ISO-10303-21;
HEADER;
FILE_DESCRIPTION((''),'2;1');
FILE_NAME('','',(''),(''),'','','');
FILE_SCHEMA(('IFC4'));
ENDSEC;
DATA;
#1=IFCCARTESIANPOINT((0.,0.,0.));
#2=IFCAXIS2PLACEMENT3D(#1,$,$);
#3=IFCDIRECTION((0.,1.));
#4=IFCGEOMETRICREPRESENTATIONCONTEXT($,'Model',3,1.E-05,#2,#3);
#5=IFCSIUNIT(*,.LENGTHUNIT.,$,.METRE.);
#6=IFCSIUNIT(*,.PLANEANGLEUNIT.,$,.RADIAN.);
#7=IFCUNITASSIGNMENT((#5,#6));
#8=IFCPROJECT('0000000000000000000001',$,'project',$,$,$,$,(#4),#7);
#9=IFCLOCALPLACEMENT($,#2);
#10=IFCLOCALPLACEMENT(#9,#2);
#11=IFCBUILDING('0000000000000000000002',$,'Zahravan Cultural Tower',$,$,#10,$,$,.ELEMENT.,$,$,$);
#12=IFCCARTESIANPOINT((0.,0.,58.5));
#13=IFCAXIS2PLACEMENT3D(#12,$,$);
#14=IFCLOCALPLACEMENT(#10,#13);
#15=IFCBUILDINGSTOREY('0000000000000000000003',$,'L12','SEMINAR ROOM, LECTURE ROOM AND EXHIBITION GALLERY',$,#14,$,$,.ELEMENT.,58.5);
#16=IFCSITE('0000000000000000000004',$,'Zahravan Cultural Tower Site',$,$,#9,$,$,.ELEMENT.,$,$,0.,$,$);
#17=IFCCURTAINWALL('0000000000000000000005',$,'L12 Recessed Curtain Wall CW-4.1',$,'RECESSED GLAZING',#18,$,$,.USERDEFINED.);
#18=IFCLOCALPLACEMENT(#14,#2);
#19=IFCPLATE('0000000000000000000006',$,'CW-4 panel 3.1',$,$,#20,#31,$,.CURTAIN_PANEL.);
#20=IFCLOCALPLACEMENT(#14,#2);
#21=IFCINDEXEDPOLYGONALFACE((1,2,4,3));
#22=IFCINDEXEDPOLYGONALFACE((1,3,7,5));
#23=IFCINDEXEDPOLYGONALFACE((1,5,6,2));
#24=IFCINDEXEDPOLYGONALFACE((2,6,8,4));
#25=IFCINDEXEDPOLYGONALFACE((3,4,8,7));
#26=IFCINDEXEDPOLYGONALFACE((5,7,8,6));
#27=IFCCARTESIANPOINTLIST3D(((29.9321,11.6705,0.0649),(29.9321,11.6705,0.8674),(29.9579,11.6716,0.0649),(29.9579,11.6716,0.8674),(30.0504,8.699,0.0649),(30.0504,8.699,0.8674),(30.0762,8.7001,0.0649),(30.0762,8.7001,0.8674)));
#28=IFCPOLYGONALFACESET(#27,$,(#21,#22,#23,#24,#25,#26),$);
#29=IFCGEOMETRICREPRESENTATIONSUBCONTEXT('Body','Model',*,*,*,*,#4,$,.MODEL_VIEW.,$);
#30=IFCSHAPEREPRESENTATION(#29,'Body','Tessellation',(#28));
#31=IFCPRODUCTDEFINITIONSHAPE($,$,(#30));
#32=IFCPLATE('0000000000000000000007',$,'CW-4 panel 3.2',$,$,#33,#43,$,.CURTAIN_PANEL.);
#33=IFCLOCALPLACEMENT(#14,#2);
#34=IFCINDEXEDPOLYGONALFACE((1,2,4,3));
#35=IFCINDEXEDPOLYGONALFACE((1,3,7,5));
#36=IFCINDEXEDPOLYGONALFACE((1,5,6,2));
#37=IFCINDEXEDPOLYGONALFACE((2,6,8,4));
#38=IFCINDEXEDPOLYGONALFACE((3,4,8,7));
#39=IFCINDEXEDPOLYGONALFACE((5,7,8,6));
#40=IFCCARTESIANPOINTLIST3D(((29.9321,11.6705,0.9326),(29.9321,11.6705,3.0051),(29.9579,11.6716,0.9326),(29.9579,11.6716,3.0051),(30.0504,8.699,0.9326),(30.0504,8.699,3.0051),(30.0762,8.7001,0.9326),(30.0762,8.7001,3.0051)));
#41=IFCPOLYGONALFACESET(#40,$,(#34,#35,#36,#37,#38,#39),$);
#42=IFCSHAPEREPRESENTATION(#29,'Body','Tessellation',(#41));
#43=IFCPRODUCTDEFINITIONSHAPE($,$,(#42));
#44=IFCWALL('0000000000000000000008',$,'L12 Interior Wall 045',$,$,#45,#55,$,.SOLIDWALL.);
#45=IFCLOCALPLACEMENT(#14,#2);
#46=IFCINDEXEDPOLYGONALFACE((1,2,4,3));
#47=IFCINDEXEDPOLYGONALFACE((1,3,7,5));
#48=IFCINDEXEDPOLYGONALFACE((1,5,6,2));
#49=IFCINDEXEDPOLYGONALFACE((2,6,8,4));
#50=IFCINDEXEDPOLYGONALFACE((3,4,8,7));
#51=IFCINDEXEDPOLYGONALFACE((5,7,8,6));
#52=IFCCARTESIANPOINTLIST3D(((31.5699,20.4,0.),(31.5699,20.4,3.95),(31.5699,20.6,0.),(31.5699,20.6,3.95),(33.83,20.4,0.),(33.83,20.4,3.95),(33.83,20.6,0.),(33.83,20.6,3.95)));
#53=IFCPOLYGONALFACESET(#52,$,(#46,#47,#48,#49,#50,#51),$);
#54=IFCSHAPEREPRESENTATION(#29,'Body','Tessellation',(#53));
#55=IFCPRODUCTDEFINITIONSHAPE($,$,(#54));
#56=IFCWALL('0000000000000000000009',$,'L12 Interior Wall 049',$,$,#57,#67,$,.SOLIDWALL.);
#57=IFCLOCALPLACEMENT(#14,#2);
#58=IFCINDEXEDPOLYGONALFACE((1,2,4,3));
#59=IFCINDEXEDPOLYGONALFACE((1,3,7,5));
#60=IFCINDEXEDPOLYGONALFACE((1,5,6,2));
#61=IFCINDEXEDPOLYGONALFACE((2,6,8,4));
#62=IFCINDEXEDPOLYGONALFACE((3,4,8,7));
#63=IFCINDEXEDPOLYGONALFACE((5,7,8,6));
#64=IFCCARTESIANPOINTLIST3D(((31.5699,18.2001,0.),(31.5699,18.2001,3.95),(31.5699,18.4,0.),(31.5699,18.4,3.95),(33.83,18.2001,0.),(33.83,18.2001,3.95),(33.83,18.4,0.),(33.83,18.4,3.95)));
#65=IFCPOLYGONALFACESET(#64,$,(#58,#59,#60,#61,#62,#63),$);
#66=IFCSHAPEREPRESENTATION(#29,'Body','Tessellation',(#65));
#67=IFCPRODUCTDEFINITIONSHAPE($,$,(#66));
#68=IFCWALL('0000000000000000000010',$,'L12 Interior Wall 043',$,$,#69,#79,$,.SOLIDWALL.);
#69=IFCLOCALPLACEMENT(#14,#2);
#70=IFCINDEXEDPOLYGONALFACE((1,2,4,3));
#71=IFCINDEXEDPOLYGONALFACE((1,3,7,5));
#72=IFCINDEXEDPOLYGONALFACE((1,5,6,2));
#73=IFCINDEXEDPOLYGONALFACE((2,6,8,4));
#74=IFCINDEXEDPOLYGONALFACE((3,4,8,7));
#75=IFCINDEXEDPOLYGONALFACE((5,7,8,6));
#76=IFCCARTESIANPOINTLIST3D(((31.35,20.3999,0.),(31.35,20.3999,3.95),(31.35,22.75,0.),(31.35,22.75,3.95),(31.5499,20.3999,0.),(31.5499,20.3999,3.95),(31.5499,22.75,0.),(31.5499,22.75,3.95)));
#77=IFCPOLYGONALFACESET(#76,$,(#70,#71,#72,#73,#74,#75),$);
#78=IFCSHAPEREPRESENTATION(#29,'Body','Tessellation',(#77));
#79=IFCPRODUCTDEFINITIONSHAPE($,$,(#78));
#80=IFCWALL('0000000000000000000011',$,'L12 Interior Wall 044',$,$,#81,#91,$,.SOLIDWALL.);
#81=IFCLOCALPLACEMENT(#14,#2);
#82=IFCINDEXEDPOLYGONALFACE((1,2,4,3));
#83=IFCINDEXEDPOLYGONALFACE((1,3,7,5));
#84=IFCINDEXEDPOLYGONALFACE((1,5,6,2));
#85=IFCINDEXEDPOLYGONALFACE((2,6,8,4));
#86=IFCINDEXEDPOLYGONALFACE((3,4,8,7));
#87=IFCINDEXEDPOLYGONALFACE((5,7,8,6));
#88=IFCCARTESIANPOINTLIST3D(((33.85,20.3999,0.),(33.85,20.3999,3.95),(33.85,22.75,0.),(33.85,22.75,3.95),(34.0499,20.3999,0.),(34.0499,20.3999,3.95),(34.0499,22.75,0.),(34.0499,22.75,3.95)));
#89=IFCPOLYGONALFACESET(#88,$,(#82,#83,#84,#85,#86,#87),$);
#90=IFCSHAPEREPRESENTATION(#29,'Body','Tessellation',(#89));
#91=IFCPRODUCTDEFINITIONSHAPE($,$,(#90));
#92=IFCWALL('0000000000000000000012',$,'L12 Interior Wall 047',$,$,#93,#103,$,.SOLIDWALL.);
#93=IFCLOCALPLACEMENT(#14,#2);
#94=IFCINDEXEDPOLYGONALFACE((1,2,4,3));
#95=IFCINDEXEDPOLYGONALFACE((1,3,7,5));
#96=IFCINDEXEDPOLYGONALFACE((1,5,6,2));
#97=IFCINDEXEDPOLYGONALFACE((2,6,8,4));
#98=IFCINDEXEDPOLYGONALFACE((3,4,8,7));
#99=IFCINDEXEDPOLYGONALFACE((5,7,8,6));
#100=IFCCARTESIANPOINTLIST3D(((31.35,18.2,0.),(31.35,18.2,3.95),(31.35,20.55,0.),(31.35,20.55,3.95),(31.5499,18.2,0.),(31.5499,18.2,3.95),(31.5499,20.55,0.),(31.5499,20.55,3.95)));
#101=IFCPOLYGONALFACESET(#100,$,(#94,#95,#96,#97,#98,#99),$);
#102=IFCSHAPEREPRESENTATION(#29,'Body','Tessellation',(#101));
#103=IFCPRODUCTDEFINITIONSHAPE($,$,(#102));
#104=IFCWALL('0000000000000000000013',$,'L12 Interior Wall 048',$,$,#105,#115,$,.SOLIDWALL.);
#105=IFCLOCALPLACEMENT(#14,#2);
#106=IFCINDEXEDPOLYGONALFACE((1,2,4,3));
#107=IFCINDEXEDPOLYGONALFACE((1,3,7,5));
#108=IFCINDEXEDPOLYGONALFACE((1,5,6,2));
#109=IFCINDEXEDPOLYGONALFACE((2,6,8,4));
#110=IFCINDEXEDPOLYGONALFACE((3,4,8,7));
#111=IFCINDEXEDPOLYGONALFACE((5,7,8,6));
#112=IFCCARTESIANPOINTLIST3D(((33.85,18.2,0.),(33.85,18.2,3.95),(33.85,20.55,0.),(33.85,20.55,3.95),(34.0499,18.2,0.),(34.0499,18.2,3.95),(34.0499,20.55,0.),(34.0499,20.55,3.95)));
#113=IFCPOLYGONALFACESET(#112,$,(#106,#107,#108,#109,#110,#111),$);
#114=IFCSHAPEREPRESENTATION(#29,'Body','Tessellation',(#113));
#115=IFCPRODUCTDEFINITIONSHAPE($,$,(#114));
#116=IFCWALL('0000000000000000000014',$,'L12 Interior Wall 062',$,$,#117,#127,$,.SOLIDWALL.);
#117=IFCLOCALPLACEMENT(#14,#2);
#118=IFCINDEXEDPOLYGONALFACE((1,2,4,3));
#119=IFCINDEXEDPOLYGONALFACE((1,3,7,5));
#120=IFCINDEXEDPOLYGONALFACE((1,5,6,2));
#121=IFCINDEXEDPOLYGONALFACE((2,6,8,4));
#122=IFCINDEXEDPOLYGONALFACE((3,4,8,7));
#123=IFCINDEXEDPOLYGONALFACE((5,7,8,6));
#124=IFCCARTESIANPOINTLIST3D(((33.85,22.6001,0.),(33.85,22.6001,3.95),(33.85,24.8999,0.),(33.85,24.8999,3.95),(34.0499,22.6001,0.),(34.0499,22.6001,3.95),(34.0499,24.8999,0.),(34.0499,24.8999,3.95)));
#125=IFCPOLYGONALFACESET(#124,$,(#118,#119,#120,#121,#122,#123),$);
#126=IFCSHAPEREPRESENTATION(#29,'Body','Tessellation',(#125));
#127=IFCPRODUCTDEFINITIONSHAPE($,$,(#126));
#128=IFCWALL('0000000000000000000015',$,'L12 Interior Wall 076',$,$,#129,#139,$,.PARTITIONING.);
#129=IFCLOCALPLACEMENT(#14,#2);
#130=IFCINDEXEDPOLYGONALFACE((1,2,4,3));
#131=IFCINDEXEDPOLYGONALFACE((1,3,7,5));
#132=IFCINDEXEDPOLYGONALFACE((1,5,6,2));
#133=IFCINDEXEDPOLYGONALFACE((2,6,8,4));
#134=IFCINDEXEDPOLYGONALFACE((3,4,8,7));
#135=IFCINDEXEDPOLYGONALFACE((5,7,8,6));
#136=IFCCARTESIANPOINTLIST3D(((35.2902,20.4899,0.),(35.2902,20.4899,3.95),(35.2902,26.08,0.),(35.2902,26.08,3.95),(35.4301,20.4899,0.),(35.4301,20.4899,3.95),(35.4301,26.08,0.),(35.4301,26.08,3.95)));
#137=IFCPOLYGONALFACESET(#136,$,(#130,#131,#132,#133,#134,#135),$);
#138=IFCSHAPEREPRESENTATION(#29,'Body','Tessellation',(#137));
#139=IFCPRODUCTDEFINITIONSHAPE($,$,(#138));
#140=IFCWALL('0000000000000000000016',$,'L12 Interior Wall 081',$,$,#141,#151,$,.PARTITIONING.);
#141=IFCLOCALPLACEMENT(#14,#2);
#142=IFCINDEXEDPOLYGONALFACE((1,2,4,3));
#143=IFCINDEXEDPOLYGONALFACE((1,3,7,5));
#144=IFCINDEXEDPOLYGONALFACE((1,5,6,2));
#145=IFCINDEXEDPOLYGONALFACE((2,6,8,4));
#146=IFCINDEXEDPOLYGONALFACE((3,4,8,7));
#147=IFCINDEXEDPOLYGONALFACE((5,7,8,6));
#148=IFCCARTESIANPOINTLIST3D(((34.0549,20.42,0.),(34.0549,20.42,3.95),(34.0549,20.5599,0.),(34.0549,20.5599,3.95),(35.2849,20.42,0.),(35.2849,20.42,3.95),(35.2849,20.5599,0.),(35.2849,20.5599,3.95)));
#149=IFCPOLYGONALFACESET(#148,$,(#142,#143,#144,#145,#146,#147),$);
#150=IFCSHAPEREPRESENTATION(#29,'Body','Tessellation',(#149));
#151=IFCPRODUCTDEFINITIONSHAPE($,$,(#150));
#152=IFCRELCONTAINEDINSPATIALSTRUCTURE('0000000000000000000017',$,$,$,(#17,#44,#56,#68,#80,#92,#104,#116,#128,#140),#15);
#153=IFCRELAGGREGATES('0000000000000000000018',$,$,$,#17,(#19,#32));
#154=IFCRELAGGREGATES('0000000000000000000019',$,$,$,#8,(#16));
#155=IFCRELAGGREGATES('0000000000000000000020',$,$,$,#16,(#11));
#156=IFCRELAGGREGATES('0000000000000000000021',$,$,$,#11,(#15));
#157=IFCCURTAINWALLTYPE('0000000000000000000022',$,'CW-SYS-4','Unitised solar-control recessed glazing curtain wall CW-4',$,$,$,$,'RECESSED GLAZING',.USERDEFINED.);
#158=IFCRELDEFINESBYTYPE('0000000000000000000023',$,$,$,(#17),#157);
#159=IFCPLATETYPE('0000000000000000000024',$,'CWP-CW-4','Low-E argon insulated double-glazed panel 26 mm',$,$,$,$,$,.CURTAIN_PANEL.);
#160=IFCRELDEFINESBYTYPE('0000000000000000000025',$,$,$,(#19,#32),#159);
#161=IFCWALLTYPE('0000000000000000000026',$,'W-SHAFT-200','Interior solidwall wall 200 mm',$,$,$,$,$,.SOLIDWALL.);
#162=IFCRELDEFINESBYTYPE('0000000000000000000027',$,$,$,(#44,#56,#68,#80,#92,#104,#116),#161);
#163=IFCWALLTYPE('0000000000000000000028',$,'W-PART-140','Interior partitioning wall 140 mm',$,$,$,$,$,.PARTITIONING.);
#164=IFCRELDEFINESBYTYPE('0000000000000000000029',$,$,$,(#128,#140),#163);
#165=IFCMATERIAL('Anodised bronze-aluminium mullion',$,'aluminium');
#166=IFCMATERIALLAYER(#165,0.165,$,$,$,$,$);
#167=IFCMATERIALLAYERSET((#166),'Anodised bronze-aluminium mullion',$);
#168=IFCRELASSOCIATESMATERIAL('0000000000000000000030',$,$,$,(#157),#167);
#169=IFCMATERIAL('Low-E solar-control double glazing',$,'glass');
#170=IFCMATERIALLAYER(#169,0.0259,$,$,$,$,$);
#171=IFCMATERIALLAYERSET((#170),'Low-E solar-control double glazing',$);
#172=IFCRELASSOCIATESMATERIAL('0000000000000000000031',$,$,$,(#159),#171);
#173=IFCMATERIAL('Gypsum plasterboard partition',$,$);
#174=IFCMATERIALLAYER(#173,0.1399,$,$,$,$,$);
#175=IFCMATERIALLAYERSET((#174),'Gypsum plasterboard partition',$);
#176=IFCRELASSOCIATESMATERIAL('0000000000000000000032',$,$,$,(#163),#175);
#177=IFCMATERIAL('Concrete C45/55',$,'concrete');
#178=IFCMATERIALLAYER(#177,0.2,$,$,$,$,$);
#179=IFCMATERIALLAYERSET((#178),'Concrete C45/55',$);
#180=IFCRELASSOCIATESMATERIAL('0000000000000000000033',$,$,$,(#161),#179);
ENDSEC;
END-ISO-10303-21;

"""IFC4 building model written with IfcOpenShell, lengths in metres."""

from ifc_helpers import new_model, si_unit, direction, frame, frame_2d, origin, origin_2d, place, context, subcontext, project, spatial, rectangle, extrude, source, transform, mapped, material, layer, layer_set, type_object, element, aggregate, save


model = new_model("IFC4")

# Units and contexts
model_context = context("Model", 3, precision=1e-05, world=origin(), true_north=direction((0.0, 1.0)))
body_context = subcontext(model_context, "Body", "Model", "MODEL_VIEW")
ifc_project = project(units=[si_unit("LENGTHUNIT", "METRE"), si_unit("PLANEANGLEUNIT", "RADIAN")], contexts=[model_context])

# Site, building, storey
site_placement = place(None, origin())
site = spatial("IfcSite", under=ifc_project, at=site_placement, Name="Zahravan Cultural Tower Site", CompositionType="ELEMENT", RefElevation=0.0)
building_placement = place(site_placement, origin())
building = spatial("IfcBuilding", under=site, at=building_placement, Name="Zahravan Cultural Tower", CompositionType="ELEMENT")
storey_placement = place(building_placement, frame((0.0, 0.0, 58.5)))
storey = spatial("IfcBuildingStorey", under=building, at=storey_placement, Name="L12", Description="SEMINAR ROOM, LECTURE ROOM AND EXHIBITION GALLERY", CompositionType="ELEMENT", Elevation=58.5)

# Curtain wall, plates
ifc_material_1 = material(Name="Anodised bronze-aluminium mullion", Category="aluminium")
ifc_layer_1 = layer(ifc_material_1, 0.165)
ifc_layer_set_1 = layer_set([ifc_layer_1], Name="Anodised bronze-aluminium mullion")
curtain_wall_type = type_object("IfcCurtainWallType", Name="CW-SYS-4", Description="Unitised solar-control recessed glazing curtain wall CW-4", ElementType="RECESSED GLAZING", PredefinedType="USERDEFINED", material=ifc_layer_set_1)
curtain_wall_placement = place(storey_placement, origin())
curtain_wall = element("IfcCurtainWall", 1, at=curtain_wall_placement, inside=storey, type_object=curtain_wall_type, Name="L12 Recessed Curtain Wall CW-4.1", ObjectType="RECESSED GLAZING", PredefinedType="USERDEFINED")
ifc_material_2 = material(Name="Low-E solar-control double glazing", Category="glass")
ifc_layer_2 = layer(ifc_material_2, 0.0259)
ifc_layer_set_2 = layer_set([ifc_layer_2], Name="Low-E solar-control double glazing")
plate_type = type_object("IfcPlateType", Name="CWP-CW-4", Description="Low-E argon insulated double-glazed panel 26 mm", PredefinedType="CURTAIN_PANEL", material=ifc_layer_set_2)
shared_shape_1 = source(origin(), body_context, "Body", "SweptSolid", [
    extrude(rectangle(XDim=2.9739, YDim=0.0259, at=origin_2d()), origin(), (0.0, 0.0, 1.0), 0.8025),
])
plate_1_placement = place(storey_placement, frame((30.0042, 10.1853, 0.0649), z_axis=(0.0, 0.0, 1.0), x_axis=(-0.039785, 0.999208, 0.0)))
plate_1 = element("IfcPlate", 2, at=plate_1_placement, type_object=plate_type, Name="CW-4 panel 3.1", PredefinedType="CURTAIN_PANEL", context=body_context, shape_type="MappedRepresentation", body=[
    mapped(shared_shape_1, transform((0.0, 0.0, 0.0), x_axis=(1.0, 0.0, 0.0), y_axis=(0.0, 1.0, 0.0), z_axis=(0.0, 0.0, 1.0), scale=1.0)),
])
shared_shape_2 = source(origin(), body_context, "Body", "SweptSolid", [
    extrude(rectangle(XDim=2.9739, YDim=0.0259, at=origin_2d()), origin(), (0.0, 0.0, 1.0), 2.0725),
])
plate_2_placement = place(storey_placement, frame((30.0042, 10.1853, 0.9326), z_axis=(0.0, 0.0, 1.0), x_axis=(-0.039785, 0.999208, 0.0)))
plate_2 = element("IfcPlate", 3, at=plate_2_placement, type_object=plate_type, Name="CW-4 panel 3.2", PredefinedType="CURTAIN_PANEL", context=body_context, shape_type="MappedRepresentation", body=[
    mapped(shared_shape_2, transform((0.0, 0.0, 0.0), x_axis=(1.0, 0.0, 0.0), y_axis=(0.0, 1.0, 0.0), z_axis=(0.0, 0.0, 1.0), scale=1.0)),
])
aggregate(curtain_wall, [plate_1, plate_2])

# Shared definitions
ifc_material_3 = material(Name="Gypsum plasterboard partition")
ifc_layer_3 = layer(ifc_material_3, 0.1399)
ifc_layer_set_3 = layer_set([ifc_layer_3], Name="Gypsum plasterboard partition")
wall_type_1 = type_object("IfcWallType", Name="W-PART-140", Description="Interior partitioning wall 140 mm", PredefinedType="PARTITIONING", material=ifc_layer_set_3)
ifc_material_4 = material(Name="Concrete C45/55", Category="concrete")
ifc_layer_4 = layer(ifc_material_4, 0.2)
ifc_layer_set_4 = layer_set([ifc_layer_4], Name="Concrete C45/55")
wall_type_2 = type_object("IfcWallType", Name="W-SHAFT-200", Description="Interior solidwall wall 200 mm", PredefinedType="SOLIDWALL", material=ifc_layer_set_4)

# Walls
shared_shape_3 = source(origin(), body_context, "Body", "SweptSolid", [
    extrude(rectangle(XDim=2.26, YDim=0.2, at=frame_2d((1.1299, 0.0))), origin(), (0.0, 0.0, 1.0), 3.95),
])
for number, where, z_axis, x_axis, name in (
    (4, (31.5701, 20.5, 0.0), (0.0, 0.0, 1.0), (1.0, 0.0, 0.0), "L12 Interior Wall 045"),
    (5, (31.5701, 18.3, 0.0), (0.0, 0.0, 1.0), (1.0, 0.0, 0.0), "L12 Interior Wall 049"),
):
    element("IfcWall", number, at=place(storey_placement, frame(where, z_axis=z_axis, x_axis=x_axis)), inside=storey, type_object=wall_type_2, Name=name, PredefinedType="SOLIDWALL", context=body_context, shape_type="MappedRepresentation", body=[
        mapped(shared_shape_3, transform((0.0, 0.0, 0.0), x_axis=(1.0, 0.0, 0.0), y_axis=(0.0, 1.0, 0.0), z_axis=(0.0, 0.0, 1.0), scale=1.0)),
    ])
shared_shape_4 = source(origin(), body_context, "Body", "SweptSolid", [
    extrude(rectangle(XDim=2.3501, YDim=0.2, at=frame_2d((1.175, 0.0))), origin(), (0.0, 0.0, 1.0), 3.95),
])
for number, where, z_axis, x_axis, name in (
    (6, (31.45, 20.3999, 0.0), (0.0, 0.0, 1.0), (0.0, 1.0, 0.0), "L12 Interior Wall 043"),
    (7, (33.95, 20.3999, 0.0), (0.0, 0.0, 1.0), (0.0, 1.0, 0.0), "L12 Interior Wall 044"),
    (8, (31.45, 18.2, 0.0), (0.0, 0.0, 1.0), (0.0, 1.0, 0.0), "L12 Interior Wall 047"),
    (9, (33.95, 18.2, 0.0), (0.0, 0.0, 1.0), (0.0, 1.0, 0.0), "L12 Interior Wall 048"),
):
    element("IfcWall", number, at=place(storey_placement, frame(where, z_axis=z_axis, x_axis=x_axis)), inside=storey, type_object=wall_type_2, Name=name, PredefinedType="SOLIDWALL", context=body_context, shape_type="MappedRepresentation", body=[
        mapped(shared_shape_4, transform((0.0, 0.0, 0.0), x_axis=(1.0, 0.0, 0.0), y_axis=(0.0, 1.0, 0.0), z_axis=(0.0, 0.0, 1.0), scale=1.0)),
    ])
shared_shape_5 = source(origin(), body_context, "Body", "SweptSolid", [
    extrude(rectangle(XDim=2.2998, YDim=0.2, at=frame_2d((1.1499, 0.0))), origin(), (0.0, 0.0, 1.0), 3.95),
])
wall_1_placement = place(storey_placement, frame((33.95, 22.6001, 0.0), z_axis=(0.0, 0.0, 1.0), x_axis=(0.0, 1.0, 0.0)))
element("IfcWall", 10, at=wall_1_placement, inside=storey, type_object=wall_type_2, Name="L12 Interior Wall 062", PredefinedType="SOLIDWALL", context=body_context, shape_type="MappedRepresentation", body=[
    mapped(shared_shape_5, transform((0.0, 0.0, 0.0), x_axis=(1.0, 0.0, 0.0), y_axis=(0.0, 1.0, 0.0), z_axis=(0.0, 0.0, 1.0), scale=1.0)),
])
shared_shape_6 = source(origin(), body_context, "Body", "SweptSolid", [
    extrude(rectangle(XDim=5.5901, YDim=0.1399, at=frame_2d((2.7949, 0.0))), origin(), (0.0, 0.0, 1.0), 3.95),
])
wall_2_placement = place(storey_placement, frame((35.3601, 20.49, 0.0), z_axis=(0.0, 0.0, 1.0), x_axis=(0.0, 1.0, 0.0)))
element("IfcWall", 11, at=wall_2_placement, inside=storey, type_object=wall_type_1, Name="L12 Interior Wall 076", PredefinedType="PARTITIONING", context=body_context, shape_type="MappedRepresentation", body=[
    mapped(shared_shape_6, transform((0.0, 0.0, 0.0), x_axis=(1.0, 0.0, 0.0), y_axis=(0.0, 1.0, 0.0), z_axis=(0.0, 0.0, 1.0), scale=1.0)),
])
shared_shape_7 = source(origin(), body_context, "Body", "SweptSolid", [
    extrude(rectangle(XDim=1.23, YDim=0.1399, at=frame_2d((0.615, 0.0))), origin(), (0.0, 0.0, 1.0), 3.95),
])
wall_3_placement = place(storey_placement, frame((35.2849, 20.49, 0.0), z_axis=(0.0, 0.0, 1.0), x_axis=(-1.0, 0.0, 0.0)))
element("IfcWall", 12, at=wall_3_placement, inside=storey, type_object=wall_type_1, Name="L12 Interior Wall 081", PredefinedType="PARTITIONING", context=body_context, shape_type="MappedRepresentation", body=[
    mapped(shared_shape_7, transform((0.0, 0.0, 0.0), x_axis=(1.0, 0.0, 0.0), y_axis=(0.0, 1.0, 0.0), z_axis=(0.0, 0.0, 1.0), scale=1.0)),
])

save(model, "model.ifc")
